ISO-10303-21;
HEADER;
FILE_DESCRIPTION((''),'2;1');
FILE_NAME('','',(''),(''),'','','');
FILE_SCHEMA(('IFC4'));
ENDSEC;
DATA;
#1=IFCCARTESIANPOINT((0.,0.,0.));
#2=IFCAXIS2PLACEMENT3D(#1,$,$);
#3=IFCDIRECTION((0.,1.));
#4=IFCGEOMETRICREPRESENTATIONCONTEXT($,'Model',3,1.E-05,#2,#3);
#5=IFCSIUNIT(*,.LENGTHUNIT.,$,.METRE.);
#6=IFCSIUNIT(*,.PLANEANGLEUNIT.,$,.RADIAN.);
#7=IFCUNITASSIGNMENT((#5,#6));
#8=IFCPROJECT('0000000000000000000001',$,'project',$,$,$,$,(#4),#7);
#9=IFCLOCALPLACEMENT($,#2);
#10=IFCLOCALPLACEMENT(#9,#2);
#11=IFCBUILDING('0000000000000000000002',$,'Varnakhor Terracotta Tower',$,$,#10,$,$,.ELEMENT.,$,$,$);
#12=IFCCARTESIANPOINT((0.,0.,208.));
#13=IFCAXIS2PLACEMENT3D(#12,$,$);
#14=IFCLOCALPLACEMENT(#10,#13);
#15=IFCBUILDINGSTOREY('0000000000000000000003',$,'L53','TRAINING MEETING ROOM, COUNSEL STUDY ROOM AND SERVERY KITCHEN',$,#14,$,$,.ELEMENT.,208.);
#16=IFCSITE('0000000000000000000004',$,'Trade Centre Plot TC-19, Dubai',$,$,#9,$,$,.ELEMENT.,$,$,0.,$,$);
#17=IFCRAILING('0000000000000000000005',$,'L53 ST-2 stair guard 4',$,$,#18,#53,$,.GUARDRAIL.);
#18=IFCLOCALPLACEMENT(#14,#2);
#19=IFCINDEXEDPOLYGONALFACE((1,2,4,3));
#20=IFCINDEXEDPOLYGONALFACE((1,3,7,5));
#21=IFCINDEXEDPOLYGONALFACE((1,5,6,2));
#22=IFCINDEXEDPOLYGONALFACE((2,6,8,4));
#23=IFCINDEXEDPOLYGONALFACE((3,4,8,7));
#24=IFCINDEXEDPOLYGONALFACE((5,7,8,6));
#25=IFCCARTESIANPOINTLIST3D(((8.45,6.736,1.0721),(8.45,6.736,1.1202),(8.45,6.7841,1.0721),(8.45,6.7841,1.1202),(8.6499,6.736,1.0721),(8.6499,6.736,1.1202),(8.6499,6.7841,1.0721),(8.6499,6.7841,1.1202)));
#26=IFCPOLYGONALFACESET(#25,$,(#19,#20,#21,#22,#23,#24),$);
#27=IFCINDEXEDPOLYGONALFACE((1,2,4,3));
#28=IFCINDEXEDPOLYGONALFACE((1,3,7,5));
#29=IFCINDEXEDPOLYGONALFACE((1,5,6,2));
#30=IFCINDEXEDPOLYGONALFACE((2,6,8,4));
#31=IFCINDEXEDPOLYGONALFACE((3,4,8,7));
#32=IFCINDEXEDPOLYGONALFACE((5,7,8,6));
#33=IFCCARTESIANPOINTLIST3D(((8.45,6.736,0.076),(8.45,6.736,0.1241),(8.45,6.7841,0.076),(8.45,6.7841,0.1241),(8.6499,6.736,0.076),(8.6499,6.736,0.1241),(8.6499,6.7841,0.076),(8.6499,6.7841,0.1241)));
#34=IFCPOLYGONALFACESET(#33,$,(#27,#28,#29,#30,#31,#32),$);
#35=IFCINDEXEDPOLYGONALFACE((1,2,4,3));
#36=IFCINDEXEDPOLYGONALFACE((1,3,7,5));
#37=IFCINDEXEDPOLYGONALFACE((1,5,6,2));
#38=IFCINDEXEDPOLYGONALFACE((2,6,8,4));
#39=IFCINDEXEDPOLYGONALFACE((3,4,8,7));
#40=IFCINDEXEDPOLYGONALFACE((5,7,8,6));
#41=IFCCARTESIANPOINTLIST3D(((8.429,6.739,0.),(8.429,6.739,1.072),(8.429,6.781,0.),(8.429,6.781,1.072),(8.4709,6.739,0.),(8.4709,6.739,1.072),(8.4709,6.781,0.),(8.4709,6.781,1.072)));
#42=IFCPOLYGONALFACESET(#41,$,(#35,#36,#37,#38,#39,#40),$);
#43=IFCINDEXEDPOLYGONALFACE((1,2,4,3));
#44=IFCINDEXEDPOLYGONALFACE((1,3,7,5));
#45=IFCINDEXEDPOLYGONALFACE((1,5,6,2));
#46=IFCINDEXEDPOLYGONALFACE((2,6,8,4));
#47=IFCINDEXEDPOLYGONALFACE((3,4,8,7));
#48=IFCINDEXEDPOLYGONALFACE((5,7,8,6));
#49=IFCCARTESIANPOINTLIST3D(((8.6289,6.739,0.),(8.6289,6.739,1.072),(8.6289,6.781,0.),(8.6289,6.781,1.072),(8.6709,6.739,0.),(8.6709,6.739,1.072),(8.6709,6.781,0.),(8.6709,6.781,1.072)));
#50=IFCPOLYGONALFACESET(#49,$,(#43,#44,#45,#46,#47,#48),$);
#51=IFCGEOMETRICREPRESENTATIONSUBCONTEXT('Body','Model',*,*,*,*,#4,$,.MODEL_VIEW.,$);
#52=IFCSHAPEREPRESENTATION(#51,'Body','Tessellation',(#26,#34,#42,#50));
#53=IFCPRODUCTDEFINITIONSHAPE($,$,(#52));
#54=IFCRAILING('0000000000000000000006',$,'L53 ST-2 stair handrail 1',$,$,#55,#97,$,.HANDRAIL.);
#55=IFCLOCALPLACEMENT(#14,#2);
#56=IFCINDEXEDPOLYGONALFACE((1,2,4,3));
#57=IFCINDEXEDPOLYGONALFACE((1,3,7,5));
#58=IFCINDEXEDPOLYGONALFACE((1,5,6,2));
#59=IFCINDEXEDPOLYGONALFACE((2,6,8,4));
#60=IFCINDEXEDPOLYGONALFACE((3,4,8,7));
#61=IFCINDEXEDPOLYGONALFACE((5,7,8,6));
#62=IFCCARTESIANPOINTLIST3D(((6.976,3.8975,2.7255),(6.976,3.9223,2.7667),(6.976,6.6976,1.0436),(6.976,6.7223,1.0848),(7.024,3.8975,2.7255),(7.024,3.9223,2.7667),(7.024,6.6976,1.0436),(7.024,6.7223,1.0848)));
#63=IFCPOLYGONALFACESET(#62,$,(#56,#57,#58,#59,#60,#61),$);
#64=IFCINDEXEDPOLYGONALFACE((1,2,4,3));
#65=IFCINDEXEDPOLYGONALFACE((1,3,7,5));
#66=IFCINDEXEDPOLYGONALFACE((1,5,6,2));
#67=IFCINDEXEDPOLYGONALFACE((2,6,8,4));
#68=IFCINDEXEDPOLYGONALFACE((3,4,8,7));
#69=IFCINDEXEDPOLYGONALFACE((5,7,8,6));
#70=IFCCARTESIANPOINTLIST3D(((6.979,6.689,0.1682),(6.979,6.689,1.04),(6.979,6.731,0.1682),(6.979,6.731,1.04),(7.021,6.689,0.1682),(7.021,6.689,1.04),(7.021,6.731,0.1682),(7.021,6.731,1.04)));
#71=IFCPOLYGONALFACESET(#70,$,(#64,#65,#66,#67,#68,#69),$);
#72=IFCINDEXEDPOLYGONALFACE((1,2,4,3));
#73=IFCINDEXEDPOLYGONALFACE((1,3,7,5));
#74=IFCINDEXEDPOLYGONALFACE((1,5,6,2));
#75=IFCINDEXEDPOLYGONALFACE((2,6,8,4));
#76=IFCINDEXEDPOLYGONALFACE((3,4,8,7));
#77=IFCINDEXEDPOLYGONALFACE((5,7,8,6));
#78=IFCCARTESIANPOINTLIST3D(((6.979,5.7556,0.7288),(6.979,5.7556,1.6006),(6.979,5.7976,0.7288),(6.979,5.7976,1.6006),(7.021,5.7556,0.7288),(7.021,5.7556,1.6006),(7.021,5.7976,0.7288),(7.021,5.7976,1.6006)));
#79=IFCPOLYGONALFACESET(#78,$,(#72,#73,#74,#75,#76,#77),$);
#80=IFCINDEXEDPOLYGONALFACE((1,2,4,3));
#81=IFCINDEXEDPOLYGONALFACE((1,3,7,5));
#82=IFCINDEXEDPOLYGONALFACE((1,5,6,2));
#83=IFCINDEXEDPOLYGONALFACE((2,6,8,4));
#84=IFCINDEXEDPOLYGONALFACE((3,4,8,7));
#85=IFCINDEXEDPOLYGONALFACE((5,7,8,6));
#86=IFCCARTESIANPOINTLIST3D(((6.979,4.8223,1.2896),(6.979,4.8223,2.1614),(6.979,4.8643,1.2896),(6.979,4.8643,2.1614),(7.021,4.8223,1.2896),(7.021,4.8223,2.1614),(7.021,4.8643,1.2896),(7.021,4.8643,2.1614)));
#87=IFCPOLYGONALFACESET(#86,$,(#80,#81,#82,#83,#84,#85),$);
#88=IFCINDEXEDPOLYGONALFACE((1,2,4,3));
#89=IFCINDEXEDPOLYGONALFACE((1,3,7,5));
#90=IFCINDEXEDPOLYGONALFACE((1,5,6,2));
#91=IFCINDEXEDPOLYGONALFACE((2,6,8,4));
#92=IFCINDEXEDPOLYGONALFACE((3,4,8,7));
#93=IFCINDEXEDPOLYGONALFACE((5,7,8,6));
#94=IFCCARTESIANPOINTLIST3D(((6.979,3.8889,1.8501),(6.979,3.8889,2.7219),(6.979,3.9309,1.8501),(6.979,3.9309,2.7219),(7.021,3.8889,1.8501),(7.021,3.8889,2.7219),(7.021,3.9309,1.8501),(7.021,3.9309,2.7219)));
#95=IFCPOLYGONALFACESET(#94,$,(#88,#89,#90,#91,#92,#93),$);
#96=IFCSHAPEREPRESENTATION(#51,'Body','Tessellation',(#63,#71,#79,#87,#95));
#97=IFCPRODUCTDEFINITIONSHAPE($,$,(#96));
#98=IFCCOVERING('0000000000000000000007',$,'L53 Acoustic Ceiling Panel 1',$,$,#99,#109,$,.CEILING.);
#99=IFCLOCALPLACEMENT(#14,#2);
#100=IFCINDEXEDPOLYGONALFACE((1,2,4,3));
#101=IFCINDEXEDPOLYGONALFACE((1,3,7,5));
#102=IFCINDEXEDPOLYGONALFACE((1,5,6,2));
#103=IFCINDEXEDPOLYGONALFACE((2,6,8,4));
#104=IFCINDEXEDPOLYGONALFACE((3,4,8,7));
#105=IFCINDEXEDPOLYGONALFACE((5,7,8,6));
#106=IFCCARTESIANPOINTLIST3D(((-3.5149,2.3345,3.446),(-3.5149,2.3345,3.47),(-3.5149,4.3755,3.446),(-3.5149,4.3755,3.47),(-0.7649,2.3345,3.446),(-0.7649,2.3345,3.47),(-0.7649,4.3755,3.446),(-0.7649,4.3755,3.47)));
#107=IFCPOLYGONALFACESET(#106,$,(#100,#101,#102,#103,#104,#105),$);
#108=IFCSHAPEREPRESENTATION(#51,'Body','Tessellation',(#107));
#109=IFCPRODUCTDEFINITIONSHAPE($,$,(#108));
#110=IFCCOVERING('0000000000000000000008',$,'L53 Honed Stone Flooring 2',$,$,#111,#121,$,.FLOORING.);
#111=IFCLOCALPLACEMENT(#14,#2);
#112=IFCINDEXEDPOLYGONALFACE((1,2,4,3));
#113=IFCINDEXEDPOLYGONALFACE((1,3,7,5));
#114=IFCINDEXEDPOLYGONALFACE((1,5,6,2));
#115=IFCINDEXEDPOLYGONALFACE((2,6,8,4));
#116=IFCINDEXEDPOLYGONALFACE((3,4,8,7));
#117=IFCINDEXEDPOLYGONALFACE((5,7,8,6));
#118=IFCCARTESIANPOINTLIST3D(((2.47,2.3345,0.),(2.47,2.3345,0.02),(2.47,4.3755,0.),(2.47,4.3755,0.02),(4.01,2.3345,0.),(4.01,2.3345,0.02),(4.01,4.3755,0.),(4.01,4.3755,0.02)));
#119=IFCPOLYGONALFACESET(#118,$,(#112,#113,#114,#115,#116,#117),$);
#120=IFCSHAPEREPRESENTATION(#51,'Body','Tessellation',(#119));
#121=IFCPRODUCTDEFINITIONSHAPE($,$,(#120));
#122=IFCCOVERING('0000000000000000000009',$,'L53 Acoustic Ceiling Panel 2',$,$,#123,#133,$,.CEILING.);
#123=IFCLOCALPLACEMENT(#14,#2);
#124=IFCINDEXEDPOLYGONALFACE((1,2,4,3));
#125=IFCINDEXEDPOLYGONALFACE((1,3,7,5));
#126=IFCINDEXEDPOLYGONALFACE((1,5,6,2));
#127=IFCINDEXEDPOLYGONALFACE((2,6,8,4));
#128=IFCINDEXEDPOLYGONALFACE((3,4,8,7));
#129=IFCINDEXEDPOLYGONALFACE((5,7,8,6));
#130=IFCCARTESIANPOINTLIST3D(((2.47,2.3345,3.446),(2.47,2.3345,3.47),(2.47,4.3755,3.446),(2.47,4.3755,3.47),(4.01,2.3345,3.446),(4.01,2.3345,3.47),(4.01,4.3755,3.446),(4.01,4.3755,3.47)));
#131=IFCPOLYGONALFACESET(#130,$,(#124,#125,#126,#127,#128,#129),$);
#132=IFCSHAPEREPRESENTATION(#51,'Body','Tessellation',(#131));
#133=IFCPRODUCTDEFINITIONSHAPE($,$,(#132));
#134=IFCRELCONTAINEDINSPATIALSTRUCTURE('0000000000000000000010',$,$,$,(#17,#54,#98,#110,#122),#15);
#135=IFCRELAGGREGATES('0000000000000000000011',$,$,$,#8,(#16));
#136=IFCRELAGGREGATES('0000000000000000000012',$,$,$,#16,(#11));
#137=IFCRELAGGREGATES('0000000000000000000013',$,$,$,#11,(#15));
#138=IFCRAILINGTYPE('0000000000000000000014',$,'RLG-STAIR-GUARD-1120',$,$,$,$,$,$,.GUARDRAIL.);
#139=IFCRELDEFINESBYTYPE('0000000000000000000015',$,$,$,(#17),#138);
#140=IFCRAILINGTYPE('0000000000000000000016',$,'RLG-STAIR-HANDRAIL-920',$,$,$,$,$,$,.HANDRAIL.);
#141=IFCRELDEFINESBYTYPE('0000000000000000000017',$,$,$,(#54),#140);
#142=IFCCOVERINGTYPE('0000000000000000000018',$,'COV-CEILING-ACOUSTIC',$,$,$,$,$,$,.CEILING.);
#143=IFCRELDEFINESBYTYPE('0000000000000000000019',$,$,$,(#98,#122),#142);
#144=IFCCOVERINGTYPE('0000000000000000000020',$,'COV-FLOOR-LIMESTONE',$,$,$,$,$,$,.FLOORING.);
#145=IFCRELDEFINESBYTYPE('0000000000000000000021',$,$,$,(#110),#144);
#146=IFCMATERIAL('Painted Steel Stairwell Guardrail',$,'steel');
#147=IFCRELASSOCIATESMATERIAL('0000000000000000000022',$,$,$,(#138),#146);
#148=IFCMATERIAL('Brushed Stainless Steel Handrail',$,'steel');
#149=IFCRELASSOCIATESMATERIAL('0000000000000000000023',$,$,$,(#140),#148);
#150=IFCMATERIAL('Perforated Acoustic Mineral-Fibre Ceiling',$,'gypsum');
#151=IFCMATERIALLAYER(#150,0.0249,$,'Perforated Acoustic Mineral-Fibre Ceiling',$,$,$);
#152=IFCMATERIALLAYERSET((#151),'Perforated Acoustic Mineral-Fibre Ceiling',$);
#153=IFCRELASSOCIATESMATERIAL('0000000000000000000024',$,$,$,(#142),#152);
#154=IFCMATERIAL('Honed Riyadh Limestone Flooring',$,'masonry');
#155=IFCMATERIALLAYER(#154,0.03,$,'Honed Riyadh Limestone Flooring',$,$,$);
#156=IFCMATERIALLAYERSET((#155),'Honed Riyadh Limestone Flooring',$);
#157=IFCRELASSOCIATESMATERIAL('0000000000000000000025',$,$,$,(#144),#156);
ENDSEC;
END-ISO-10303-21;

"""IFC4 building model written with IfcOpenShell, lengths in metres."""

from ifc_helpers import new_model, si_unit, direction, frame, origin, origin_2d, place, context, subcontext, project, spatial, rectangle, extrude, source, transform, mapped, material, layer, layer_set, type_object, element, save


model = new_model("IFC4")

# Units and contexts
model_context = context("Model", 3, precision=1e-05, world=origin(), true_north=direction((0.0, 1.0)))
body_context = subcontext(model_context, "Body", "Model", "MODEL_VIEW")
ifc_project = project(units=[si_unit("LENGTHUNIT", "METRE"), si_unit("PLANEANGLEUNIT", "RADIAN")], contexts=[model_context])

# Site, building, storey
site_placement = place(None, origin())
site = spatial("IfcSite", under=ifc_project, at=site_placement, Name="Trade Centre Plot TC-19, Dubai", CompositionType="ELEMENT", RefElevation=0.0)
building_placement = place(site_placement, origin())
building = spatial("IfcBuilding", under=site, at=building_placement, Name="Varnakhor Terracotta Tower", CompositionType="ELEMENT")
storey_placement = place(building_placement, frame((0.0, 0.0, 208.0)))
storey = spatial("IfcBuildingStorey", under=building, at=storey_placement, Name="L53", Description="TRAINING MEETING ROOM, COUNSEL STUDY ROOM AND SERVERY KITCHEN", CompositionType="ELEMENT", Elevation=208.0)

# Railings
ifc_material_1 = material(Name="Painted Steel Stairwell Guardrail", Category="steel")
railing_type_1 = type_object("IfcRailingType", Name="RLG-STAIR-GUARD-1120", PredefinedType="GUARDRAIL", material=ifc_material_1)
railing_1_placement = place(storey_placement, frame((8.45, 6.76, 0.0)))
element("IfcRailing", 1, at=railing_1_placement, inside=storey, type_object=railing_type_1, Name="L53 ST-2 stair guard 4", PredefinedType="GUARDRAIL", context=body_context, shape_type="SweptSolid", body=[
    extrude(rectangle(XDim=0.0481, YDim=0.0481, at=origin_2d()), frame((0.0, 0.0, 1.0962), z_axis=(1.0, 0.0, 0.0), x_axis=(0.0, 1.0, 0.0)), (0.0, 0.0, 1.0), 0.2),
    extrude(rectangle(XDim=0.0481, YDim=0.0481, at=origin_2d()), frame((0.0, 0.0, 0.1001), z_axis=(1.0, 0.0, 0.0), x_axis=(0.0, 1.0, 0.0)), (0.0, 0.0, 1.0), 0.2),
    extrude(rectangle(XDim=0.042, YDim=0.042, at=origin_2d()), origin(), (0.0, 0.0, 1.0), 1.072),
    extrude(rectangle(XDim=0.042, YDim=0.042, at=origin_2d()), frame((0.2, 0.0, 0.0)), (0.0, 0.0, 1.0), 1.072),
])
ifc_material_2 = material(Name="Brushed Stainless Steel Handrail", Category="steel")
railing_type_2 = type_object("IfcRailingType", Name="RLG-STAIR-HANDRAIL-920", PredefinedType="HANDRAIL", material=ifc_material_2)
railing_2_placement = place(storey_placement, frame((7.0, 6.71, 0.1682)))
element("IfcRailing", 2, at=railing_2_placement, inside=storey, type_object=railing_type_2, Name="L53 ST-2 stair handrail 1", PredefinedType="HANDRAIL", context=body_context, shape_type="SweptSolid", body=[
    extrude(rectangle(XDim=0.0481, YDim=0.0481, at=origin_2d()), frame((0.0, 0.0, 0.896), z_axis=(0.0, -0.857242, 0.514913), x_axis=(1.0, 0.0, 0.0)), (0.0, 0.0, 1.0), 3.2664),
    extrude(rectangle(XDim=0.042, YDim=0.042, at=origin_2d()), origin(), (0.0, 0.0, 1.0), 0.8718),
    extrude(rectangle(XDim=0.042, YDim=0.042, at=origin_2d()), frame((0.0, -0.9333, 0.5605)), (0.0, 0.0, 1.0), 0.8718),
    extrude(rectangle(XDim=0.042, YDim=0.042, at=origin_2d()), frame((0.0, -1.8667, 1.1213)), (0.0, 0.0, 1.0), 0.8718),
    extrude(rectangle(XDim=0.042, YDim=0.042, at=origin_2d()), frame((0.0, -2.8, 1.6819)), (0.0, 0.0, 1.0), 0.8718),
])

# Coverings
ifc_material_3 = material(Name="Perforated Acoustic Mineral-Fibre Ceiling", Category="gypsum")
ifc_layer_1 = layer(ifc_material_3, 0.0249, Name="Perforated Acoustic Mineral-Fibre Ceiling")
ifc_layer_set_1 = layer_set([ifc_layer_1], Name="Perforated Acoustic Mineral-Fibre Ceiling")
covering_type_1 = type_object("IfcCoveringType", Name="COV-CEILING-ACOUSTIC", PredefinedType="CEILING", material=ifc_layer_set_1)
shared_shape_1 = source(origin(), body_context, "Body", "SweptSolid", [
    extrude(rectangle(XDim=2.75, YDim=2.041, at=origin_2d()), origin(), (0.0, 0.0, 1.0), 0.0239),
])
covering_1_placement = place(storey_placement, frame((-2.1399, 3.355, 3.446), z_axis=(0.0, 0.0, 1.0), x_axis=(1.0, 0.0, 0.0)))
element("IfcCovering", 3, at=covering_1_placement, inside=storey, type_object=covering_type_1, Name="L53 Acoustic Ceiling Panel 1", PredefinedType="CEILING", context=body_context, shape_type="MappedRepresentation", body=[
    mapped(shared_shape_1, transform((0.0, 0.0, 0.0), scale=1.0)),
])
ifc_material_4 = material(Name="Honed Riyadh Limestone Flooring", Category="masonry")
ifc_layer_2 = layer(ifc_material_4, 0.03, Name="Honed Riyadh Limestone Flooring")
ifc_layer_set_2 = layer_set([ifc_layer_2], Name="Honed Riyadh Limestone Flooring")
covering_type_2 = type_object("IfcCoveringType", Name="COV-FLOOR-LIMESTONE", PredefinedType="FLOORING", material=ifc_layer_set_2)
shared_shape_2 = source(origin(), body_context, "Body", "SweptSolid", [
    extrude(rectangle(XDim=1.54, YDim=2.041, at=origin_2d()), origin(), (0.0, 0.0, 1.0), 0.02),
])
covering_2_placement = place(storey_placement, frame((3.24, 3.355, 0.0), z_axis=(0.0, 0.0, 1.0), x_axis=(1.0, 0.0, 0.0)))
element("IfcCovering", 4, at=covering_2_placement, inside=storey, type_object=covering_type_2, Name="L53 Honed Stone Flooring 2", PredefinedType="FLOORING", context=body_context, shape_type="MappedRepresentation", body=[
    mapped(shared_shape_2, transform((0.0, 0.0, 0.0), scale=1.0)),
])
shared_shape_3 = source(origin(), body_context, "Body", "SweptSolid", [
    extrude(rectangle(XDim=1.54, YDim=2.041, at=origin_2d()), origin(), (0.0, 0.0, 1.0), 0.0239),
])
covering_3_placement = place(storey_placement, frame((3.24, 3.355, 3.446), z_axis=(0.0, 0.0, 1.0), x_axis=(1.0, 0.0, 0.0)))
element("IfcCovering", 5, at=covering_3_placement, inside=storey, type_object=covering_type_1, Name="L53 Acoustic Ceiling Panel 2", PredefinedType="CEILING", context=body_context, shape_type="MappedRepresentation", body=[
    mapped(shared_shape_3, transform((0.0, 0.0, 0.0), scale=1.0)),
])

save(model, "model.ifc")
